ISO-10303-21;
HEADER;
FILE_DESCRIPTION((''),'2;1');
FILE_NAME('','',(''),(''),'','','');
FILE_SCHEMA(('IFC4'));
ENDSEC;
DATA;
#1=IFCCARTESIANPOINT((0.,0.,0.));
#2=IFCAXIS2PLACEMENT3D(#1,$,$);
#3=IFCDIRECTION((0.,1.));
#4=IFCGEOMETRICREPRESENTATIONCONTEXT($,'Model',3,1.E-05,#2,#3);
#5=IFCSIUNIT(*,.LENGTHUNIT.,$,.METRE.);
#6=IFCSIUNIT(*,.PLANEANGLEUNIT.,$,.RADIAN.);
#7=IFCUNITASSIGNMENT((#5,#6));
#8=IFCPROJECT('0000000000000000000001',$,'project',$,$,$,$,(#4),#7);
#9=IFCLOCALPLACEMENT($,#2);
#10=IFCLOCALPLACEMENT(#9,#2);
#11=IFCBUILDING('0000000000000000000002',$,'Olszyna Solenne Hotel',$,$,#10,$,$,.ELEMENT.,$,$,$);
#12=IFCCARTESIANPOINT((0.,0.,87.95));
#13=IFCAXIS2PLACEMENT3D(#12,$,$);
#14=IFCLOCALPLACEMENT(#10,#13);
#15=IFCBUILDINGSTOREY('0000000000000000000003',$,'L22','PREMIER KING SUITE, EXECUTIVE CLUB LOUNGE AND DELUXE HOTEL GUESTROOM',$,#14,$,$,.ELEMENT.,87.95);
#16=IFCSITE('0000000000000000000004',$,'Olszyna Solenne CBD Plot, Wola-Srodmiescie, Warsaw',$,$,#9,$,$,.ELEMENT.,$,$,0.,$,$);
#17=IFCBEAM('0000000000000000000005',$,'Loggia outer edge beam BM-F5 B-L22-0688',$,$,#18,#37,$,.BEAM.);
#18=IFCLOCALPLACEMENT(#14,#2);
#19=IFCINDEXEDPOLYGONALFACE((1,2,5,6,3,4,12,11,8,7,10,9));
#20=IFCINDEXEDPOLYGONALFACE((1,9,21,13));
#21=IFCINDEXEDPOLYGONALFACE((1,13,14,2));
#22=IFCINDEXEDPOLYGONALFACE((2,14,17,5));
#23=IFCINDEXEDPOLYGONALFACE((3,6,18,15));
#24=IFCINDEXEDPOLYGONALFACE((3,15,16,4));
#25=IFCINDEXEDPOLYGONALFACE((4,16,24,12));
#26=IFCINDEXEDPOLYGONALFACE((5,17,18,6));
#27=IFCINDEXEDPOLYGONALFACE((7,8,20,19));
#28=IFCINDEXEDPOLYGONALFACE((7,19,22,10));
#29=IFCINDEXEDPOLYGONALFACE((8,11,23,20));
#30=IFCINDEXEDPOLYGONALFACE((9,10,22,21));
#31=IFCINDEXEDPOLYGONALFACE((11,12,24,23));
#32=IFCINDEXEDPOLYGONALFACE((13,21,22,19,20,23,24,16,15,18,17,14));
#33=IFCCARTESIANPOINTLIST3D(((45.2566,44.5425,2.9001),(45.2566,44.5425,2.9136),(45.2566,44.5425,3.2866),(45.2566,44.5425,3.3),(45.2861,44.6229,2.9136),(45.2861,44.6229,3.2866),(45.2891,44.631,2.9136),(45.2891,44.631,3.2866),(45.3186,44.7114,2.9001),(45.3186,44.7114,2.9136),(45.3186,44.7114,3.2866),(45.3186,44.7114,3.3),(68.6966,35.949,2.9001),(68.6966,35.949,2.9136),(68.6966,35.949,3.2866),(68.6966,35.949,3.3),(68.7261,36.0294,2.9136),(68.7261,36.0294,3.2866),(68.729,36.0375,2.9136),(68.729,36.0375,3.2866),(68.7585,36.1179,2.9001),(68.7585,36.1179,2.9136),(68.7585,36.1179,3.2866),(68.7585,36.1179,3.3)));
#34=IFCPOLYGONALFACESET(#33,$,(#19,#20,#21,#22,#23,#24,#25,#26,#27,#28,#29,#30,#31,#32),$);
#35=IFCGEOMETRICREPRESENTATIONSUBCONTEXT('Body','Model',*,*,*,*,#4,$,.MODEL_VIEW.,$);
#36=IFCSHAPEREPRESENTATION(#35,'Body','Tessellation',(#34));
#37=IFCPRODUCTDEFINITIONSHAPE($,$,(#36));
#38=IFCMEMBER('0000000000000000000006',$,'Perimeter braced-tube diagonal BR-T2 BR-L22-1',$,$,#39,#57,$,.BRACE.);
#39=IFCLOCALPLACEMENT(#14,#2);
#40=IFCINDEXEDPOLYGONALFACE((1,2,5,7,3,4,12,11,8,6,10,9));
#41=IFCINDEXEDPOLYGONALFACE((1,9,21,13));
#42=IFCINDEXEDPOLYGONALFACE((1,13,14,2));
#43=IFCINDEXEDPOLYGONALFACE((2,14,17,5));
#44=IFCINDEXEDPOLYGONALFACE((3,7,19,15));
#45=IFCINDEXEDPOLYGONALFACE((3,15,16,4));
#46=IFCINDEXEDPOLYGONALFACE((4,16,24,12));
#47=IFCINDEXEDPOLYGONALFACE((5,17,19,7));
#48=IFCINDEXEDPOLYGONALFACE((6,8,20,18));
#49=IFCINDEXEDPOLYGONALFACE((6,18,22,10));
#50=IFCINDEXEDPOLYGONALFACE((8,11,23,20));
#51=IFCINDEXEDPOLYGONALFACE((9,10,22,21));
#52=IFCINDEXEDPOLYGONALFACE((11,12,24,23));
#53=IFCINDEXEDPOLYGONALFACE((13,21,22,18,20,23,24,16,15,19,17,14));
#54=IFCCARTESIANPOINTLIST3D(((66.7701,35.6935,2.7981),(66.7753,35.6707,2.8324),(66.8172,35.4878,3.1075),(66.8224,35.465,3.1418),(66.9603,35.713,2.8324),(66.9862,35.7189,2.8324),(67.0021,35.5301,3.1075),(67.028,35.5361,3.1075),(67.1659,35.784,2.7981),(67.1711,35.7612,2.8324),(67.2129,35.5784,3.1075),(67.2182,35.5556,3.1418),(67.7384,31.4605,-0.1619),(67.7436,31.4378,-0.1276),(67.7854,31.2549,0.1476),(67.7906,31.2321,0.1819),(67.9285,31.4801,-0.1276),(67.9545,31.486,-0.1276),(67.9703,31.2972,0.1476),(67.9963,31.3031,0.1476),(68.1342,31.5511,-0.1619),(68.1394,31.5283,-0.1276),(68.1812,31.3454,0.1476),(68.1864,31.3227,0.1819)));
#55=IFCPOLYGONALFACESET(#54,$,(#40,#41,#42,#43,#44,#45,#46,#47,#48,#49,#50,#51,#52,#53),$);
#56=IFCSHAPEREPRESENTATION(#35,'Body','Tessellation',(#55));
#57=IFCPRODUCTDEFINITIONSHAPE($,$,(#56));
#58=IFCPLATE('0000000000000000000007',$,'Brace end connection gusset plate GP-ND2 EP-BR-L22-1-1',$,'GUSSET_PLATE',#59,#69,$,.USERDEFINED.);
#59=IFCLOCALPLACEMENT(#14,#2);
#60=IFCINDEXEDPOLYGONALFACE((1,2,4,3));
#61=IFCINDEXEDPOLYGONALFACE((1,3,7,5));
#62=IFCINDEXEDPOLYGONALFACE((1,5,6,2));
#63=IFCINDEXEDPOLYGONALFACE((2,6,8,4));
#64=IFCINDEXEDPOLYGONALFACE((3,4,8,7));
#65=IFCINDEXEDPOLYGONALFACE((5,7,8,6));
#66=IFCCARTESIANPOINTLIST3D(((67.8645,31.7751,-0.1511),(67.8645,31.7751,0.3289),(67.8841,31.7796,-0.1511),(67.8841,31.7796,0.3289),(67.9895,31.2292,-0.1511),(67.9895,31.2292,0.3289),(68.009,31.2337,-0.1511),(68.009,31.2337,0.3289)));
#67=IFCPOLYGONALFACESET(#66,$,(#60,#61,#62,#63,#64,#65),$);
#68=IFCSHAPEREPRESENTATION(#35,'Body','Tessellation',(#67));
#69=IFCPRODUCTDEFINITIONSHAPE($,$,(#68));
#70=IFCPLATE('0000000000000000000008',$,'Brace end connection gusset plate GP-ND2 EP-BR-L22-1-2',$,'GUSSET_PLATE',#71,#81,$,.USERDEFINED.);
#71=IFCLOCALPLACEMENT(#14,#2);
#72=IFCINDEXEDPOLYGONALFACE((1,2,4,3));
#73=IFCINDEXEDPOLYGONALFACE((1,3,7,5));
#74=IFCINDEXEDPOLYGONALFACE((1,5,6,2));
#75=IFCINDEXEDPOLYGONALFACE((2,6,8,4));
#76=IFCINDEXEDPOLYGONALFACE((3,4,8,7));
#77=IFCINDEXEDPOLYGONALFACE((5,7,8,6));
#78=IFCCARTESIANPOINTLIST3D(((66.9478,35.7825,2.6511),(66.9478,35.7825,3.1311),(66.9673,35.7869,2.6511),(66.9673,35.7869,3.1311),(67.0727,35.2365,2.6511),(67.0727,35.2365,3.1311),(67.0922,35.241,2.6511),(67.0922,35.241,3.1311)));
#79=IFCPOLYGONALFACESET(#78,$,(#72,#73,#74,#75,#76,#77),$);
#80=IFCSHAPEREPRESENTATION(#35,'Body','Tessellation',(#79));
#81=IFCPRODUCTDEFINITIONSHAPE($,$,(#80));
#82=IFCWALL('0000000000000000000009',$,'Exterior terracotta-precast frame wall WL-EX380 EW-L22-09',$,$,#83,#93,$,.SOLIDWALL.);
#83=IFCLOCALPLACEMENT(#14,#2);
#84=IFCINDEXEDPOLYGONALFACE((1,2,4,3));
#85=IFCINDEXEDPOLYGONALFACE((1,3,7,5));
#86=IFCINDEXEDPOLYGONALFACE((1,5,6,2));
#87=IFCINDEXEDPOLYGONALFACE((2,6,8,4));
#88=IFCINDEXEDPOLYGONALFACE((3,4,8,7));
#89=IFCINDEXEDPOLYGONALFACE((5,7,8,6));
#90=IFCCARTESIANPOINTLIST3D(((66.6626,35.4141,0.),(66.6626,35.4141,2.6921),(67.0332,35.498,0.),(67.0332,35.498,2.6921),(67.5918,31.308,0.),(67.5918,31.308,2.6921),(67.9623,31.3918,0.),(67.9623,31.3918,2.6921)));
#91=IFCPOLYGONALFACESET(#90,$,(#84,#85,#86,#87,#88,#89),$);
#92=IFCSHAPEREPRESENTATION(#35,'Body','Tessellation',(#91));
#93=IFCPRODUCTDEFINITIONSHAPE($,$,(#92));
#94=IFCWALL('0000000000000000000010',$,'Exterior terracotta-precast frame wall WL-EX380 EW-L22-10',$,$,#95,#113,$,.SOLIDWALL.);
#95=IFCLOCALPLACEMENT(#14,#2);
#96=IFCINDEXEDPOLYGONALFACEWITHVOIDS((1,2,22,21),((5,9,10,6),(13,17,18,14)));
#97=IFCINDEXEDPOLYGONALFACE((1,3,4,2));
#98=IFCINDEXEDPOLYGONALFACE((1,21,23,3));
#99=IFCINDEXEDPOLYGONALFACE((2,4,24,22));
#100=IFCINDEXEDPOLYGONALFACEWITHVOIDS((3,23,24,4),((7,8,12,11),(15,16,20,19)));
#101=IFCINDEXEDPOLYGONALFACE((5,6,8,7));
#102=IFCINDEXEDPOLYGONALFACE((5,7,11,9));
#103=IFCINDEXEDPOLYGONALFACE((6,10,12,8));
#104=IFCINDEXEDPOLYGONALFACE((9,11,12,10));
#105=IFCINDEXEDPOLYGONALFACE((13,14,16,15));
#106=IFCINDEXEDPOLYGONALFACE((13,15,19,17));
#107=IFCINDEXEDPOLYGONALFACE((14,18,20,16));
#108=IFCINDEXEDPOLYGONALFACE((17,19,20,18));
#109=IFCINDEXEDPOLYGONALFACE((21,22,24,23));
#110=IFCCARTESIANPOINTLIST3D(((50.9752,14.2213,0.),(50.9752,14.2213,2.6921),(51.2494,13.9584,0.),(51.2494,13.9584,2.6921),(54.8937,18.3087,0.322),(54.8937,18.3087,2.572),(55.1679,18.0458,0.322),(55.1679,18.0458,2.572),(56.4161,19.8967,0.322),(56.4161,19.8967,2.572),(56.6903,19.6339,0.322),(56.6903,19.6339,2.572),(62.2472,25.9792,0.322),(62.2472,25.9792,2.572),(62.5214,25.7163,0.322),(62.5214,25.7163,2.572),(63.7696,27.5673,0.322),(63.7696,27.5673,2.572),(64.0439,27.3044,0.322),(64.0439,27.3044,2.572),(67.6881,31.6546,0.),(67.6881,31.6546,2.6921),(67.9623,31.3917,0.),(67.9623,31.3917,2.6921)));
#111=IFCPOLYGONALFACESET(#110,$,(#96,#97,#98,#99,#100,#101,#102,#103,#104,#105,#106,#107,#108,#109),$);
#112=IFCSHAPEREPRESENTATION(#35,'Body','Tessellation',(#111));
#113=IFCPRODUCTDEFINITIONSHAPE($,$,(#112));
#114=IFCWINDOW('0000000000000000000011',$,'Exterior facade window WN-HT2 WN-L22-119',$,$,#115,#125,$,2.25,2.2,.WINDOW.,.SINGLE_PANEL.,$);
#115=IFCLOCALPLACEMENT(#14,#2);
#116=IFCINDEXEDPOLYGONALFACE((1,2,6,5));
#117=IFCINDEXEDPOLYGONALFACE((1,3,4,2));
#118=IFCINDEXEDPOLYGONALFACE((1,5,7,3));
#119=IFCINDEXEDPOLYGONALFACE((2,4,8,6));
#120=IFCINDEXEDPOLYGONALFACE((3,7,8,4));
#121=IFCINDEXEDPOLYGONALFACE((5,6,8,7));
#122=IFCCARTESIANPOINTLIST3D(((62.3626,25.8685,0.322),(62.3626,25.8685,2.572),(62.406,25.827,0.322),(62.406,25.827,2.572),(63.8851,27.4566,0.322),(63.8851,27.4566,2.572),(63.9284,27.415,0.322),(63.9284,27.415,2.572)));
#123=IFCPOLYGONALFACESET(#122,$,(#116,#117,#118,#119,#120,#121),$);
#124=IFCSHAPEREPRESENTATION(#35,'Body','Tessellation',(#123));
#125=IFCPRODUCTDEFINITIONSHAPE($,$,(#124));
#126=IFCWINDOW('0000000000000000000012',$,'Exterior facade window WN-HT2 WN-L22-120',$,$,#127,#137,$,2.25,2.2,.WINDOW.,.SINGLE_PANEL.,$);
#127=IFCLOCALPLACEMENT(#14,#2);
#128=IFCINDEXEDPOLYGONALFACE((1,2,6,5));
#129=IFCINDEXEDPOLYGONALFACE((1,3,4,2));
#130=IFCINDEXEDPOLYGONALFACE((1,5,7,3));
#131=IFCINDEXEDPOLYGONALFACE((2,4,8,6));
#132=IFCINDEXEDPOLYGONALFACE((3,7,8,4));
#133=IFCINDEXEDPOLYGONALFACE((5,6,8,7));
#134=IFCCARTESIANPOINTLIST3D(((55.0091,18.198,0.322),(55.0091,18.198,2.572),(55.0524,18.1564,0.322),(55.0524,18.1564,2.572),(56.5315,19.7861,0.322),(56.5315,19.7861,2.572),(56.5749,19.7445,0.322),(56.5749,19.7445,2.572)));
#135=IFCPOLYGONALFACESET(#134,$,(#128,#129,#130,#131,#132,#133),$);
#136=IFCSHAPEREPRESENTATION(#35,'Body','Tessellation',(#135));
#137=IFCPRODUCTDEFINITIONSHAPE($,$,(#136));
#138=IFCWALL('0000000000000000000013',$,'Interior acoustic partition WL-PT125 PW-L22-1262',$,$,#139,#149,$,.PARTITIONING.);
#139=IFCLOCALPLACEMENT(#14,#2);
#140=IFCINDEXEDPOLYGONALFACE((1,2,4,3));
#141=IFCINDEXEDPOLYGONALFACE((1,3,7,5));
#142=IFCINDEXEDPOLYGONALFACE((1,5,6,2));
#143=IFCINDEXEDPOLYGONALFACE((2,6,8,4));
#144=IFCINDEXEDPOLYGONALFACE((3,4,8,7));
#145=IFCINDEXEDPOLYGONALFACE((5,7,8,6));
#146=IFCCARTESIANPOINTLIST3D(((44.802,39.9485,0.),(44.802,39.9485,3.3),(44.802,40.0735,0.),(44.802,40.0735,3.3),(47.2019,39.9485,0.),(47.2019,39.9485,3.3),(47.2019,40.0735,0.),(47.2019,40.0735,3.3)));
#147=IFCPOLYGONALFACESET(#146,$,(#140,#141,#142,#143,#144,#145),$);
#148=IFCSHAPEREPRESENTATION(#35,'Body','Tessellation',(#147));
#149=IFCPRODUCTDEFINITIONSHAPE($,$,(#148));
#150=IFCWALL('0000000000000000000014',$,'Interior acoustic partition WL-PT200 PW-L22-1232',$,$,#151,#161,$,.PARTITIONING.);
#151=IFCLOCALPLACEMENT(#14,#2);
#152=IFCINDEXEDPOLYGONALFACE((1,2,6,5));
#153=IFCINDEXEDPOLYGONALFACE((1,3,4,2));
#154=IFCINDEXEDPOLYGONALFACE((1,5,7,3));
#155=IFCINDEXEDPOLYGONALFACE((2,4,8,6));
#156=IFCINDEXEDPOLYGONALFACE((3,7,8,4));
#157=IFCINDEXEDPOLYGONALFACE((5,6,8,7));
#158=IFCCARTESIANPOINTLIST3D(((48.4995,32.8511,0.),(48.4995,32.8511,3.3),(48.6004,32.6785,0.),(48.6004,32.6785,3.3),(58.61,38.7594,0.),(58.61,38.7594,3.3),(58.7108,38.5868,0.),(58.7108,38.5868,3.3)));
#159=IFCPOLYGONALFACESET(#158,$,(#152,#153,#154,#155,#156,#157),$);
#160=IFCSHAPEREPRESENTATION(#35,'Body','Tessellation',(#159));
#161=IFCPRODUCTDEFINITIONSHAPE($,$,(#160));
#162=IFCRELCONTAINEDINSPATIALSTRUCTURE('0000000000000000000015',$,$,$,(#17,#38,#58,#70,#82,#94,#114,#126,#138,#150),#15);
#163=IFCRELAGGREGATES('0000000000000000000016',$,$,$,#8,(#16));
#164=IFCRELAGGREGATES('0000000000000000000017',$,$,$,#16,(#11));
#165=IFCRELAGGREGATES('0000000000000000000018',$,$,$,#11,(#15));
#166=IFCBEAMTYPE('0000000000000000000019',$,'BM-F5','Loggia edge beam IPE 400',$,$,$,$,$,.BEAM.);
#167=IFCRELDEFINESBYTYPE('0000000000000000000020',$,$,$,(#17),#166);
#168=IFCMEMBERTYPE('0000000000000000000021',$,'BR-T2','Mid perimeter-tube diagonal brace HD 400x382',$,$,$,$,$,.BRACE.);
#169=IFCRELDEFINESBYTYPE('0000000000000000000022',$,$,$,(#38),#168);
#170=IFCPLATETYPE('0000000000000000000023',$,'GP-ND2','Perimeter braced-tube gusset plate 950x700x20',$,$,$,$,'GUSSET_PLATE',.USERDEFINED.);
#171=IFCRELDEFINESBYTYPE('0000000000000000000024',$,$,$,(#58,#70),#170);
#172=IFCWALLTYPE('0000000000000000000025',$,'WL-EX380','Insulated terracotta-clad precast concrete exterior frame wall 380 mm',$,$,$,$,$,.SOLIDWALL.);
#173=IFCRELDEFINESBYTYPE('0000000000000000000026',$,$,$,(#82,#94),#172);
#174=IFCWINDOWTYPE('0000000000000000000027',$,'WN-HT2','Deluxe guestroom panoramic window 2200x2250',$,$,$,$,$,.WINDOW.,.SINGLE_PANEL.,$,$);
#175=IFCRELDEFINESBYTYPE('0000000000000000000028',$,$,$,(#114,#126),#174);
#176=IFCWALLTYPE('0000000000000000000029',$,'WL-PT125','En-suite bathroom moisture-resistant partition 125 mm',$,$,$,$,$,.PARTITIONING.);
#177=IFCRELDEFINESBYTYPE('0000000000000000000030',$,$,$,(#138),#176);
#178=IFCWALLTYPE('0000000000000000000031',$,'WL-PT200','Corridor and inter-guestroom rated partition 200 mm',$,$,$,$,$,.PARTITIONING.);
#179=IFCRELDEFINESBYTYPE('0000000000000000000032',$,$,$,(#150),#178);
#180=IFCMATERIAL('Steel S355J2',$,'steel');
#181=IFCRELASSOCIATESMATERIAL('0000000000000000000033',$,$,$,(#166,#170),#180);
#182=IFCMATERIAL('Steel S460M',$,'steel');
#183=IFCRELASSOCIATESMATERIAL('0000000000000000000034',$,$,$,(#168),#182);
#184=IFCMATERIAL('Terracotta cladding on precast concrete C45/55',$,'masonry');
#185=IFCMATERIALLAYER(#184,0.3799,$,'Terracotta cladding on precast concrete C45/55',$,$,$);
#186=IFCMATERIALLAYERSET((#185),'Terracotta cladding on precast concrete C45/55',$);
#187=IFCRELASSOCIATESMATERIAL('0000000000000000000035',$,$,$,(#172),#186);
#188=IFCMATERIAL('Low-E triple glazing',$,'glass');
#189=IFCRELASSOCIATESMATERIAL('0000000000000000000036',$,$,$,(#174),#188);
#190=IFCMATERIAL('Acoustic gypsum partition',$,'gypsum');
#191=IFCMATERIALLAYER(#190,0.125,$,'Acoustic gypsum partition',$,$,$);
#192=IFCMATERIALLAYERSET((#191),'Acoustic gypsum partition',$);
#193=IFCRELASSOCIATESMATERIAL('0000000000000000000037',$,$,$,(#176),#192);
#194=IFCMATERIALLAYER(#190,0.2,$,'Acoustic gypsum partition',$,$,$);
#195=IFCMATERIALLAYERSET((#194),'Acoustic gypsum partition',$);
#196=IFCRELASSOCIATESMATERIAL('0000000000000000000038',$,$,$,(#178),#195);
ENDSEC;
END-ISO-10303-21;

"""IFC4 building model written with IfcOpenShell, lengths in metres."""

from ifc_helpers import new_model, si_unit, direction, frame, frame_2d, origin, origin_2d, place, context, subcontext, project, spatial, rectangle, i_section, extrude, source, transform, mapped, material, layer, layer_set, material_profile, profile_set, type_object, type_shapes, element, fill, save


model = new_model("IFC4")

# Units and contexts
model_context = context("Model", 3, precision=1e-05, world=origin(), true_north=direction((0.0, 1.0)))
body_context = subcontext(model_context, "Body", "Model", "MODEL_VIEW")
ifc_project = project(units=[si_unit("LENGTHUNIT", "METRE"), si_unit("PLANEANGLEUNIT", "RADIAN")], contexts=[model_context])

# Site, building, storey
site_placement = place(None, origin())
site = spatial("IfcSite", under=ifc_project, at=site_placement, Name="Olszyna Solenne CBD Plot, Wola-Srodmiescie, Warsaw", CompositionType="ELEMENT", RefElevation=0.0)
building_placement = place(site_placement, origin())
building = spatial("IfcBuilding", under=site, at=building_placement, Name="Olszyna Solenne Hotel", CompositionType="ELEMENT")
storey_placement = place(building_placement, frame((0.0, 0.0, 87.95)))
storey = spatial("IfcBuildingStorey", under=building, at=storey_placement, Name="L22", Description="PREMIER KING SUITE, EXECUTIVE CLUB LOUNGE AND DELUXE HOTEL GUESTROOM", CompositionType="ELEMENT", Elevation=87.95)

# Shared definitions
ifc_material_1 = material(Name="Steel S460M", Category="steel")

# Beam
ifc_material_2 = material(Name="Steel S355J2", Category="steel")
ifc_material_profile_1 = material_profile(ifc_material_2, i_section(OverallWidth=0.1799, OverallDepth=0.3999, WebThickness=0.0085, FlangeThickness=0.0134, at=origin_2d()), Name="IPE 400", Category="load-bearing")
ifc_profile_set_1 = profile_set([ifc_material_profile_1], Name="Steel S355J2")
beam_type_1 = type_object("IfcBeamType", Name="BM-F5", Description="Loggia edge beam IPE 400", PredefinedType="BEAM", material=ifc_profile_set_1)
shared_shape_1 = source(origin(), body_context, "Body", "SweptSolid", [
    extrude(i_section(OverallWidth=0.1799, OverallDepth=0.3999, WebThickness=0.0085, FlangeThickness=0.0134, at=origin_2d()), origin(), (0.0, 0.0, 1.0), 24.9656),
])
beam_1_placement = place(storey_placement, frame((68.7275, 36.0334, 3.1001), z_axis=(-0.938891, 0.344214, 0.0), x_axis=(-0.344214, -0.938891, 0.0)))
element("IfcBeam", 1, at=beam_1_placement, inside=storey, type_object=beam_type_1, Name="Loggia outer edge beam BM-F5 B-L22-0688", PredefinedType="BEAM", context=body_context, shape_type="MappedRepresentation", body=[
    mapped(shared_shape_1, transform((0.0, 0.0, 0.0), x_axis=(1.0, 0.0, 0.0), y_axis=(0.0, 1.0, 0.0), z_axis=(0.0, 0.0, 1.0), scale=1.0)),
])

# Member
ifc_material_profile_2 = material_profile(ifc_material_1, i_section(OverallWidth=0.406, OverallDepth=0.416, WebThickness=0.0266, FlangeThickness=0.0415, at=origin_2d()), Name="HD 400x382", Category="load-bearing")
ifc_profile_set_2 = profile_set([ifc_material_profile_2], Name="Steel S460M")
member_type = type_object("IfcMemberType", Name="BR-T2", Description="Mid perimeter-tube diagonal brace HD 400x382", PredefinedType="BRACE", material=ifc_profile_set_2)
shared_shape_2 = source(origin(), body_context, "Body", "SweptSolid", [
    extrude(i_section(OverallWidth=0.406, OverallDepth=0.416, WebThickness=0.0266, FlangeThickness=0.0415, at=origin_2d()), origin(), (0.0, 0.0, 1.0), 5.2551),
])
member_placement = place(storey_placement, frame((67.9624, 31.3916, 0.01), z_axis=(-0.184251, 0.805481, 0.563251), x_axis=(-0.974822, -0.222987, 0.0)))
element("IfcMember", 2, at=member_placement, inside=storey, type_object=member_type, Name="Perimeter braced-tube diagonal BR-T2 BR-L22-1", PredefinedType="BRACE", context=body_context, shape_type="MappedRepresentation", body=[
    mapped(shared_shape_2, transform((0.0, 0.0, 0.0), x_axis=(1.0, 0.0, 0.0), y_axis=(0.0, 1.0, 0.0), z_axis=(0.0, 0.0, 1.0), scale=1.0)),
])

# Plates
plate_type = type_object("IfcPlateType", Name="GP-ND2", Description="Perimeter braced-tube gusset plate 950x700x20", ElementType="GUSSET_PLATE", PredefinedType="USERDEFINED", material=ifc_material_2)
shared_shape_3 = source(origin(), body_context, "Body", "SweptSolid", [
    extrude(rectangle(XDim=0.5601, YDim=0.02, at=origin_2d()), origin(), (0.0, 0.0, 1.0), 0.48),
])
for number, where, z_axis, x_axis, name in (
    (3, (67.9368, 31.5044, -0.1511), (0.0, 0.0, 1.0), (-0.22308, 0.9748, 0.0), "Brace end connection gusset plate GP-ND2 EP-BR-L22-1-1"),
    (4, (67.02, 35.5117, 2.6511), (0.0, 0.0, 1.0), (-0.22308, 0.9748, 0.0), "Brace end connection gusset plate GP-ND2 EP-BR-L22-1-2"),
):
    element("IfcPlate", number, at=place(storey_placement, frame(where, z_axis=z_axis, x_axis=x_axis)), inside=storey, type_object=plate_type, Name=name, ObjectType="GUSSET_PLATE", PredefinedType="USERDEFINED", context=body_context, shape_type="MappedRepresentation", body=[
        mapped(shared_shape_3, transform((0.0, 0.0, 0.0), x_axis=(1.0, 0.0, 0.0), y_axis=(0.0, 1.0, 0.0), z_axis=(0.0, 0.0, 1.0), scale=1.0)),
    ])

# Wall
ifc_material_3 = material(Name="Terracotta cladding on precast concrete C45/55", Category="masonry")
ifc_layer_1 = layer(ifc_material_3, 0.3799, Name="Terracotta cladding on precast concrete C45/55")
ifc_layer_set_1 = layer_set([ifc_layer_1], Name="Terracotta cladding on precast concrete C45/55")
wall_type_1 = type_object("IfcWallType", Name="WL-EX380", Description="Insulated terracotta-clad precast concrete exterior frame wall 380 mm", PredefinedType="SOLIDWALL", material=ifc_layer_set_1)
wall_1_placement = place(storey_placement, frame((66.8479, 35.4561, 0.0), z_axis=(0.0, 0.0, 1.0), x_axis=(0.220711, -0.975339, 0.0)))
element("IfcWall", 5, at=wall_1_placement, inside=storey, type_object=wall_type_1, Name="Exterior terracotta-precast frame wall WL-EX380 EW-L22-09", PredefinedType="SOLIDWALL", context=body_context, shape_type="SweptSolid", body=[
    extrude(rectangle(XDim=4.21, YDim=0.3799, at=frame_2d((2.105, 0.0))), origin(), (0.0, 0.0, 1.0), 2.6921),
])

# Wall, openings, windows
wall_2_placement = place(storey_placement, frame((67.8252, 31.5232, 0.0), z_axis=(0.0, 0.0, 1.0), x_axis=(-0.692033, -0.721866, 0.0)))
wall_2 = element("IfcWall", 6, at=wall_2_placement, inside=storey, type_object=wall_type_1, Name="Exterior terracotta-precast frame wall WL-EX380 EW-L22-10", PredefinedType="SOLIDWALL", context=body_context, shape_type="SweptSolid", body=[
    extrude(rectangle(XDim=24.1504, YDim=0.3799, at=frame_2d((12.0752, 0.0))), origin(), (0.0, 0.0, 1.0), 2.6921),
])
opening_1_placement = place(wall_2_placement, frame((5.6621, 0.0, 0.322)))
opening_1 = element("IfcOpeningElement", 7, at=opening_1_placement, cuts=wall_2, PredefinedType="OPENING", context=body_context, shape_type="SweptSolid", body=[
    extrude(rectangle(XDim=2.2, YDim=2.25, at=frame_2d((1.1001, 1.125))), frame((0.0, 0.2, 0.0), z_axis=(0.0, -1.0, 0.0), x_axis=(1.0, 0.0, 0.0)), (0.0, 0.0, 1.0), 0.3999),
])
opening_2_placement = place(wall_2_placement, frame((16.2881, 0.0, 0.322)))
opening_2 = element("IfcOpeningElement", 8, at=opening_2_placement, cuts=wall_2, PredefinedType="OPENING", context=body_context, shape_type="SweptSolid", body=[
    extrude(rectangle(XDim=2.2, YDim=2.25, at=frame_2d((1.1001, 1.125))), frame((0.0, 0.2, 0.0), z_axis=(0.0, -1.0, 0.0), x_axis=(1.0, 0.0, 0.0)), (0.0, 0.0, 1.0), 0.3999),
])
ifc_material_4 = material(Name="Low-E triple glazing", Category="glass")
window_type = type_object("IfcWindowType", Name="WN-HT2", Description="Deluxe guestroom panoramic window 2200x2250", PartitioningType="SINGLE_PANEL", PredefinedType="WINDOW", material=ifc_material_4)
shared_shape_4 = source(origin(), body_context, "Body", "SweptSolid", [
    extrude(rectangle(XDim=2.2, YDim=2.25, at=frame_2d((1.1001, 1.125))), frame((0.0, 0.03, 0.0), z_axis=(0.0, -1.0, 0.0), x_axis=(1.0, 0.0, 0.0)), (0.0, 0.0, 1.0), 0.0601),
])
type_shapes(window_type, [shared_shape_4])
window_1_placement = place(opening_1_placement, origin())
window_1 = element("IfcWindow", 9, at=window_1_placement, inside=storey, type_object=window_type, Name="Exterior facade window WN-HT2 WN-L22-119", OverallHeight=2.25, OverallWidth=2.2, PartitioningType="SINGLE_PANEL", PredefinedType="WINDOW", context=body_context, shape_type="MappedRepresentation", body=[
    mapped(shared_shape_4, transform((0.0, 0.0, 0.0), x_axis=(1.0, 0.0, 0.0), y_axis=(0.0, 1.0, 0.0), z_axis=(0.0, 0.0, 1.0), scale=1.0)),
])
fill(opening_1, window_1)
window_2_placement = place(opening_2_placement, origin())
window_2 = element("IfcWindow", 10, at=window_2_placement, inside=storey, type_object=window_type, Name="Exterior facade window WN-HT2 WN-L22-120", OverallHeight=2.25, OverallWidth=2.2, PartitioningType="SINGLE_PANEL", PredefinedType="WINDOW", context=body_context, shape_type="MappedRepresentation", body=[
    mapped(shared_shape_4, transform((0.0, 0.0, 0.0), x_axis=(1.0, 0.0, 0.0), y_axis=(0.0, 1.0, 0.0), z_axis=(0.0, 0.0, 1.0), scale=1.0)),
])
fill(opening_2, window_2)

# Walls
ifc_material_5 = material(Name="Acoustic gypsum partition", Category="gypsum")
ifc_layer_2 = layer(ifc_material_5, 0.125, Name="Acoustic gypsum partition")
ifc_layer_set_2 = layer_set([ifc_layer_2], Name="Acoustic gypsum partition")
wall_type_2 = type_object("IfcWallType", Name="WL-PT125", Description="En-suite bathroom moisture-resistant partition 125 mm", PredefinedType="PARTITIONING", material=ifc_layer_set_2)
wall_3_placement = place(storey_placement, frame((47.2019, 40.011, 0.0), z_axis=(0.0, 0.0, 1.0), x_axis=(-1.0, 0.0, 0.0)))
element("IfcWall", 11, at=wall_3_placement, inside=storey, type_object=wall_type_2, Name="Interior acoustic partition WL-PT125 PW-L22-1262", PredefinedType="PARTITIONING", context=body_context, shape_type="SweptSolid", body=[
    extrude(rectangle(XDim=2.3999, YDim=0.125, at=frame_2d((1.2, 0.0))), origin(), (0.0, 0.0, 1.0), 3.3),
])
ifc_layer_3 = layer(ifc_material_5, 0.2, Name="Acoustic gypsum partition")
ifc_layer_set_3 = layer_set([ifc_layer_3], Name="Acoustic gypsum partition")
wall_type_3 = type_object("IfcWallType", Name="WL-PT200", Description="Corridor and inter-guestroom rated partition 200 mm", PredefinedType="PARTITIONING", material=ifc_layer_set_3)
wall_4_placement = place(storey_placement, frame((48.55, 32.7649, 0.0), z_axis=(0.0, 0.0, 1.0), x_axis=(0.863388, 0.50454, 0.0)))
element("IfcWall", 12, at=wall_4_placement, inside=storey, type_object=wall_type_3, Name="Interior acoustic partition WL-PT200 PW-L22-1232", PredefinedType="PARTITIONING", context=body_context, shape_type="SweptSolid", body=[
    extrude(rectangle(XDim=11.7102, YDim=0.2, at=frame_2d((5.855, 0.0))), origin(), (0.0, 0.0, 1.0), 3.3),
])

save(model, "model.ifc")
